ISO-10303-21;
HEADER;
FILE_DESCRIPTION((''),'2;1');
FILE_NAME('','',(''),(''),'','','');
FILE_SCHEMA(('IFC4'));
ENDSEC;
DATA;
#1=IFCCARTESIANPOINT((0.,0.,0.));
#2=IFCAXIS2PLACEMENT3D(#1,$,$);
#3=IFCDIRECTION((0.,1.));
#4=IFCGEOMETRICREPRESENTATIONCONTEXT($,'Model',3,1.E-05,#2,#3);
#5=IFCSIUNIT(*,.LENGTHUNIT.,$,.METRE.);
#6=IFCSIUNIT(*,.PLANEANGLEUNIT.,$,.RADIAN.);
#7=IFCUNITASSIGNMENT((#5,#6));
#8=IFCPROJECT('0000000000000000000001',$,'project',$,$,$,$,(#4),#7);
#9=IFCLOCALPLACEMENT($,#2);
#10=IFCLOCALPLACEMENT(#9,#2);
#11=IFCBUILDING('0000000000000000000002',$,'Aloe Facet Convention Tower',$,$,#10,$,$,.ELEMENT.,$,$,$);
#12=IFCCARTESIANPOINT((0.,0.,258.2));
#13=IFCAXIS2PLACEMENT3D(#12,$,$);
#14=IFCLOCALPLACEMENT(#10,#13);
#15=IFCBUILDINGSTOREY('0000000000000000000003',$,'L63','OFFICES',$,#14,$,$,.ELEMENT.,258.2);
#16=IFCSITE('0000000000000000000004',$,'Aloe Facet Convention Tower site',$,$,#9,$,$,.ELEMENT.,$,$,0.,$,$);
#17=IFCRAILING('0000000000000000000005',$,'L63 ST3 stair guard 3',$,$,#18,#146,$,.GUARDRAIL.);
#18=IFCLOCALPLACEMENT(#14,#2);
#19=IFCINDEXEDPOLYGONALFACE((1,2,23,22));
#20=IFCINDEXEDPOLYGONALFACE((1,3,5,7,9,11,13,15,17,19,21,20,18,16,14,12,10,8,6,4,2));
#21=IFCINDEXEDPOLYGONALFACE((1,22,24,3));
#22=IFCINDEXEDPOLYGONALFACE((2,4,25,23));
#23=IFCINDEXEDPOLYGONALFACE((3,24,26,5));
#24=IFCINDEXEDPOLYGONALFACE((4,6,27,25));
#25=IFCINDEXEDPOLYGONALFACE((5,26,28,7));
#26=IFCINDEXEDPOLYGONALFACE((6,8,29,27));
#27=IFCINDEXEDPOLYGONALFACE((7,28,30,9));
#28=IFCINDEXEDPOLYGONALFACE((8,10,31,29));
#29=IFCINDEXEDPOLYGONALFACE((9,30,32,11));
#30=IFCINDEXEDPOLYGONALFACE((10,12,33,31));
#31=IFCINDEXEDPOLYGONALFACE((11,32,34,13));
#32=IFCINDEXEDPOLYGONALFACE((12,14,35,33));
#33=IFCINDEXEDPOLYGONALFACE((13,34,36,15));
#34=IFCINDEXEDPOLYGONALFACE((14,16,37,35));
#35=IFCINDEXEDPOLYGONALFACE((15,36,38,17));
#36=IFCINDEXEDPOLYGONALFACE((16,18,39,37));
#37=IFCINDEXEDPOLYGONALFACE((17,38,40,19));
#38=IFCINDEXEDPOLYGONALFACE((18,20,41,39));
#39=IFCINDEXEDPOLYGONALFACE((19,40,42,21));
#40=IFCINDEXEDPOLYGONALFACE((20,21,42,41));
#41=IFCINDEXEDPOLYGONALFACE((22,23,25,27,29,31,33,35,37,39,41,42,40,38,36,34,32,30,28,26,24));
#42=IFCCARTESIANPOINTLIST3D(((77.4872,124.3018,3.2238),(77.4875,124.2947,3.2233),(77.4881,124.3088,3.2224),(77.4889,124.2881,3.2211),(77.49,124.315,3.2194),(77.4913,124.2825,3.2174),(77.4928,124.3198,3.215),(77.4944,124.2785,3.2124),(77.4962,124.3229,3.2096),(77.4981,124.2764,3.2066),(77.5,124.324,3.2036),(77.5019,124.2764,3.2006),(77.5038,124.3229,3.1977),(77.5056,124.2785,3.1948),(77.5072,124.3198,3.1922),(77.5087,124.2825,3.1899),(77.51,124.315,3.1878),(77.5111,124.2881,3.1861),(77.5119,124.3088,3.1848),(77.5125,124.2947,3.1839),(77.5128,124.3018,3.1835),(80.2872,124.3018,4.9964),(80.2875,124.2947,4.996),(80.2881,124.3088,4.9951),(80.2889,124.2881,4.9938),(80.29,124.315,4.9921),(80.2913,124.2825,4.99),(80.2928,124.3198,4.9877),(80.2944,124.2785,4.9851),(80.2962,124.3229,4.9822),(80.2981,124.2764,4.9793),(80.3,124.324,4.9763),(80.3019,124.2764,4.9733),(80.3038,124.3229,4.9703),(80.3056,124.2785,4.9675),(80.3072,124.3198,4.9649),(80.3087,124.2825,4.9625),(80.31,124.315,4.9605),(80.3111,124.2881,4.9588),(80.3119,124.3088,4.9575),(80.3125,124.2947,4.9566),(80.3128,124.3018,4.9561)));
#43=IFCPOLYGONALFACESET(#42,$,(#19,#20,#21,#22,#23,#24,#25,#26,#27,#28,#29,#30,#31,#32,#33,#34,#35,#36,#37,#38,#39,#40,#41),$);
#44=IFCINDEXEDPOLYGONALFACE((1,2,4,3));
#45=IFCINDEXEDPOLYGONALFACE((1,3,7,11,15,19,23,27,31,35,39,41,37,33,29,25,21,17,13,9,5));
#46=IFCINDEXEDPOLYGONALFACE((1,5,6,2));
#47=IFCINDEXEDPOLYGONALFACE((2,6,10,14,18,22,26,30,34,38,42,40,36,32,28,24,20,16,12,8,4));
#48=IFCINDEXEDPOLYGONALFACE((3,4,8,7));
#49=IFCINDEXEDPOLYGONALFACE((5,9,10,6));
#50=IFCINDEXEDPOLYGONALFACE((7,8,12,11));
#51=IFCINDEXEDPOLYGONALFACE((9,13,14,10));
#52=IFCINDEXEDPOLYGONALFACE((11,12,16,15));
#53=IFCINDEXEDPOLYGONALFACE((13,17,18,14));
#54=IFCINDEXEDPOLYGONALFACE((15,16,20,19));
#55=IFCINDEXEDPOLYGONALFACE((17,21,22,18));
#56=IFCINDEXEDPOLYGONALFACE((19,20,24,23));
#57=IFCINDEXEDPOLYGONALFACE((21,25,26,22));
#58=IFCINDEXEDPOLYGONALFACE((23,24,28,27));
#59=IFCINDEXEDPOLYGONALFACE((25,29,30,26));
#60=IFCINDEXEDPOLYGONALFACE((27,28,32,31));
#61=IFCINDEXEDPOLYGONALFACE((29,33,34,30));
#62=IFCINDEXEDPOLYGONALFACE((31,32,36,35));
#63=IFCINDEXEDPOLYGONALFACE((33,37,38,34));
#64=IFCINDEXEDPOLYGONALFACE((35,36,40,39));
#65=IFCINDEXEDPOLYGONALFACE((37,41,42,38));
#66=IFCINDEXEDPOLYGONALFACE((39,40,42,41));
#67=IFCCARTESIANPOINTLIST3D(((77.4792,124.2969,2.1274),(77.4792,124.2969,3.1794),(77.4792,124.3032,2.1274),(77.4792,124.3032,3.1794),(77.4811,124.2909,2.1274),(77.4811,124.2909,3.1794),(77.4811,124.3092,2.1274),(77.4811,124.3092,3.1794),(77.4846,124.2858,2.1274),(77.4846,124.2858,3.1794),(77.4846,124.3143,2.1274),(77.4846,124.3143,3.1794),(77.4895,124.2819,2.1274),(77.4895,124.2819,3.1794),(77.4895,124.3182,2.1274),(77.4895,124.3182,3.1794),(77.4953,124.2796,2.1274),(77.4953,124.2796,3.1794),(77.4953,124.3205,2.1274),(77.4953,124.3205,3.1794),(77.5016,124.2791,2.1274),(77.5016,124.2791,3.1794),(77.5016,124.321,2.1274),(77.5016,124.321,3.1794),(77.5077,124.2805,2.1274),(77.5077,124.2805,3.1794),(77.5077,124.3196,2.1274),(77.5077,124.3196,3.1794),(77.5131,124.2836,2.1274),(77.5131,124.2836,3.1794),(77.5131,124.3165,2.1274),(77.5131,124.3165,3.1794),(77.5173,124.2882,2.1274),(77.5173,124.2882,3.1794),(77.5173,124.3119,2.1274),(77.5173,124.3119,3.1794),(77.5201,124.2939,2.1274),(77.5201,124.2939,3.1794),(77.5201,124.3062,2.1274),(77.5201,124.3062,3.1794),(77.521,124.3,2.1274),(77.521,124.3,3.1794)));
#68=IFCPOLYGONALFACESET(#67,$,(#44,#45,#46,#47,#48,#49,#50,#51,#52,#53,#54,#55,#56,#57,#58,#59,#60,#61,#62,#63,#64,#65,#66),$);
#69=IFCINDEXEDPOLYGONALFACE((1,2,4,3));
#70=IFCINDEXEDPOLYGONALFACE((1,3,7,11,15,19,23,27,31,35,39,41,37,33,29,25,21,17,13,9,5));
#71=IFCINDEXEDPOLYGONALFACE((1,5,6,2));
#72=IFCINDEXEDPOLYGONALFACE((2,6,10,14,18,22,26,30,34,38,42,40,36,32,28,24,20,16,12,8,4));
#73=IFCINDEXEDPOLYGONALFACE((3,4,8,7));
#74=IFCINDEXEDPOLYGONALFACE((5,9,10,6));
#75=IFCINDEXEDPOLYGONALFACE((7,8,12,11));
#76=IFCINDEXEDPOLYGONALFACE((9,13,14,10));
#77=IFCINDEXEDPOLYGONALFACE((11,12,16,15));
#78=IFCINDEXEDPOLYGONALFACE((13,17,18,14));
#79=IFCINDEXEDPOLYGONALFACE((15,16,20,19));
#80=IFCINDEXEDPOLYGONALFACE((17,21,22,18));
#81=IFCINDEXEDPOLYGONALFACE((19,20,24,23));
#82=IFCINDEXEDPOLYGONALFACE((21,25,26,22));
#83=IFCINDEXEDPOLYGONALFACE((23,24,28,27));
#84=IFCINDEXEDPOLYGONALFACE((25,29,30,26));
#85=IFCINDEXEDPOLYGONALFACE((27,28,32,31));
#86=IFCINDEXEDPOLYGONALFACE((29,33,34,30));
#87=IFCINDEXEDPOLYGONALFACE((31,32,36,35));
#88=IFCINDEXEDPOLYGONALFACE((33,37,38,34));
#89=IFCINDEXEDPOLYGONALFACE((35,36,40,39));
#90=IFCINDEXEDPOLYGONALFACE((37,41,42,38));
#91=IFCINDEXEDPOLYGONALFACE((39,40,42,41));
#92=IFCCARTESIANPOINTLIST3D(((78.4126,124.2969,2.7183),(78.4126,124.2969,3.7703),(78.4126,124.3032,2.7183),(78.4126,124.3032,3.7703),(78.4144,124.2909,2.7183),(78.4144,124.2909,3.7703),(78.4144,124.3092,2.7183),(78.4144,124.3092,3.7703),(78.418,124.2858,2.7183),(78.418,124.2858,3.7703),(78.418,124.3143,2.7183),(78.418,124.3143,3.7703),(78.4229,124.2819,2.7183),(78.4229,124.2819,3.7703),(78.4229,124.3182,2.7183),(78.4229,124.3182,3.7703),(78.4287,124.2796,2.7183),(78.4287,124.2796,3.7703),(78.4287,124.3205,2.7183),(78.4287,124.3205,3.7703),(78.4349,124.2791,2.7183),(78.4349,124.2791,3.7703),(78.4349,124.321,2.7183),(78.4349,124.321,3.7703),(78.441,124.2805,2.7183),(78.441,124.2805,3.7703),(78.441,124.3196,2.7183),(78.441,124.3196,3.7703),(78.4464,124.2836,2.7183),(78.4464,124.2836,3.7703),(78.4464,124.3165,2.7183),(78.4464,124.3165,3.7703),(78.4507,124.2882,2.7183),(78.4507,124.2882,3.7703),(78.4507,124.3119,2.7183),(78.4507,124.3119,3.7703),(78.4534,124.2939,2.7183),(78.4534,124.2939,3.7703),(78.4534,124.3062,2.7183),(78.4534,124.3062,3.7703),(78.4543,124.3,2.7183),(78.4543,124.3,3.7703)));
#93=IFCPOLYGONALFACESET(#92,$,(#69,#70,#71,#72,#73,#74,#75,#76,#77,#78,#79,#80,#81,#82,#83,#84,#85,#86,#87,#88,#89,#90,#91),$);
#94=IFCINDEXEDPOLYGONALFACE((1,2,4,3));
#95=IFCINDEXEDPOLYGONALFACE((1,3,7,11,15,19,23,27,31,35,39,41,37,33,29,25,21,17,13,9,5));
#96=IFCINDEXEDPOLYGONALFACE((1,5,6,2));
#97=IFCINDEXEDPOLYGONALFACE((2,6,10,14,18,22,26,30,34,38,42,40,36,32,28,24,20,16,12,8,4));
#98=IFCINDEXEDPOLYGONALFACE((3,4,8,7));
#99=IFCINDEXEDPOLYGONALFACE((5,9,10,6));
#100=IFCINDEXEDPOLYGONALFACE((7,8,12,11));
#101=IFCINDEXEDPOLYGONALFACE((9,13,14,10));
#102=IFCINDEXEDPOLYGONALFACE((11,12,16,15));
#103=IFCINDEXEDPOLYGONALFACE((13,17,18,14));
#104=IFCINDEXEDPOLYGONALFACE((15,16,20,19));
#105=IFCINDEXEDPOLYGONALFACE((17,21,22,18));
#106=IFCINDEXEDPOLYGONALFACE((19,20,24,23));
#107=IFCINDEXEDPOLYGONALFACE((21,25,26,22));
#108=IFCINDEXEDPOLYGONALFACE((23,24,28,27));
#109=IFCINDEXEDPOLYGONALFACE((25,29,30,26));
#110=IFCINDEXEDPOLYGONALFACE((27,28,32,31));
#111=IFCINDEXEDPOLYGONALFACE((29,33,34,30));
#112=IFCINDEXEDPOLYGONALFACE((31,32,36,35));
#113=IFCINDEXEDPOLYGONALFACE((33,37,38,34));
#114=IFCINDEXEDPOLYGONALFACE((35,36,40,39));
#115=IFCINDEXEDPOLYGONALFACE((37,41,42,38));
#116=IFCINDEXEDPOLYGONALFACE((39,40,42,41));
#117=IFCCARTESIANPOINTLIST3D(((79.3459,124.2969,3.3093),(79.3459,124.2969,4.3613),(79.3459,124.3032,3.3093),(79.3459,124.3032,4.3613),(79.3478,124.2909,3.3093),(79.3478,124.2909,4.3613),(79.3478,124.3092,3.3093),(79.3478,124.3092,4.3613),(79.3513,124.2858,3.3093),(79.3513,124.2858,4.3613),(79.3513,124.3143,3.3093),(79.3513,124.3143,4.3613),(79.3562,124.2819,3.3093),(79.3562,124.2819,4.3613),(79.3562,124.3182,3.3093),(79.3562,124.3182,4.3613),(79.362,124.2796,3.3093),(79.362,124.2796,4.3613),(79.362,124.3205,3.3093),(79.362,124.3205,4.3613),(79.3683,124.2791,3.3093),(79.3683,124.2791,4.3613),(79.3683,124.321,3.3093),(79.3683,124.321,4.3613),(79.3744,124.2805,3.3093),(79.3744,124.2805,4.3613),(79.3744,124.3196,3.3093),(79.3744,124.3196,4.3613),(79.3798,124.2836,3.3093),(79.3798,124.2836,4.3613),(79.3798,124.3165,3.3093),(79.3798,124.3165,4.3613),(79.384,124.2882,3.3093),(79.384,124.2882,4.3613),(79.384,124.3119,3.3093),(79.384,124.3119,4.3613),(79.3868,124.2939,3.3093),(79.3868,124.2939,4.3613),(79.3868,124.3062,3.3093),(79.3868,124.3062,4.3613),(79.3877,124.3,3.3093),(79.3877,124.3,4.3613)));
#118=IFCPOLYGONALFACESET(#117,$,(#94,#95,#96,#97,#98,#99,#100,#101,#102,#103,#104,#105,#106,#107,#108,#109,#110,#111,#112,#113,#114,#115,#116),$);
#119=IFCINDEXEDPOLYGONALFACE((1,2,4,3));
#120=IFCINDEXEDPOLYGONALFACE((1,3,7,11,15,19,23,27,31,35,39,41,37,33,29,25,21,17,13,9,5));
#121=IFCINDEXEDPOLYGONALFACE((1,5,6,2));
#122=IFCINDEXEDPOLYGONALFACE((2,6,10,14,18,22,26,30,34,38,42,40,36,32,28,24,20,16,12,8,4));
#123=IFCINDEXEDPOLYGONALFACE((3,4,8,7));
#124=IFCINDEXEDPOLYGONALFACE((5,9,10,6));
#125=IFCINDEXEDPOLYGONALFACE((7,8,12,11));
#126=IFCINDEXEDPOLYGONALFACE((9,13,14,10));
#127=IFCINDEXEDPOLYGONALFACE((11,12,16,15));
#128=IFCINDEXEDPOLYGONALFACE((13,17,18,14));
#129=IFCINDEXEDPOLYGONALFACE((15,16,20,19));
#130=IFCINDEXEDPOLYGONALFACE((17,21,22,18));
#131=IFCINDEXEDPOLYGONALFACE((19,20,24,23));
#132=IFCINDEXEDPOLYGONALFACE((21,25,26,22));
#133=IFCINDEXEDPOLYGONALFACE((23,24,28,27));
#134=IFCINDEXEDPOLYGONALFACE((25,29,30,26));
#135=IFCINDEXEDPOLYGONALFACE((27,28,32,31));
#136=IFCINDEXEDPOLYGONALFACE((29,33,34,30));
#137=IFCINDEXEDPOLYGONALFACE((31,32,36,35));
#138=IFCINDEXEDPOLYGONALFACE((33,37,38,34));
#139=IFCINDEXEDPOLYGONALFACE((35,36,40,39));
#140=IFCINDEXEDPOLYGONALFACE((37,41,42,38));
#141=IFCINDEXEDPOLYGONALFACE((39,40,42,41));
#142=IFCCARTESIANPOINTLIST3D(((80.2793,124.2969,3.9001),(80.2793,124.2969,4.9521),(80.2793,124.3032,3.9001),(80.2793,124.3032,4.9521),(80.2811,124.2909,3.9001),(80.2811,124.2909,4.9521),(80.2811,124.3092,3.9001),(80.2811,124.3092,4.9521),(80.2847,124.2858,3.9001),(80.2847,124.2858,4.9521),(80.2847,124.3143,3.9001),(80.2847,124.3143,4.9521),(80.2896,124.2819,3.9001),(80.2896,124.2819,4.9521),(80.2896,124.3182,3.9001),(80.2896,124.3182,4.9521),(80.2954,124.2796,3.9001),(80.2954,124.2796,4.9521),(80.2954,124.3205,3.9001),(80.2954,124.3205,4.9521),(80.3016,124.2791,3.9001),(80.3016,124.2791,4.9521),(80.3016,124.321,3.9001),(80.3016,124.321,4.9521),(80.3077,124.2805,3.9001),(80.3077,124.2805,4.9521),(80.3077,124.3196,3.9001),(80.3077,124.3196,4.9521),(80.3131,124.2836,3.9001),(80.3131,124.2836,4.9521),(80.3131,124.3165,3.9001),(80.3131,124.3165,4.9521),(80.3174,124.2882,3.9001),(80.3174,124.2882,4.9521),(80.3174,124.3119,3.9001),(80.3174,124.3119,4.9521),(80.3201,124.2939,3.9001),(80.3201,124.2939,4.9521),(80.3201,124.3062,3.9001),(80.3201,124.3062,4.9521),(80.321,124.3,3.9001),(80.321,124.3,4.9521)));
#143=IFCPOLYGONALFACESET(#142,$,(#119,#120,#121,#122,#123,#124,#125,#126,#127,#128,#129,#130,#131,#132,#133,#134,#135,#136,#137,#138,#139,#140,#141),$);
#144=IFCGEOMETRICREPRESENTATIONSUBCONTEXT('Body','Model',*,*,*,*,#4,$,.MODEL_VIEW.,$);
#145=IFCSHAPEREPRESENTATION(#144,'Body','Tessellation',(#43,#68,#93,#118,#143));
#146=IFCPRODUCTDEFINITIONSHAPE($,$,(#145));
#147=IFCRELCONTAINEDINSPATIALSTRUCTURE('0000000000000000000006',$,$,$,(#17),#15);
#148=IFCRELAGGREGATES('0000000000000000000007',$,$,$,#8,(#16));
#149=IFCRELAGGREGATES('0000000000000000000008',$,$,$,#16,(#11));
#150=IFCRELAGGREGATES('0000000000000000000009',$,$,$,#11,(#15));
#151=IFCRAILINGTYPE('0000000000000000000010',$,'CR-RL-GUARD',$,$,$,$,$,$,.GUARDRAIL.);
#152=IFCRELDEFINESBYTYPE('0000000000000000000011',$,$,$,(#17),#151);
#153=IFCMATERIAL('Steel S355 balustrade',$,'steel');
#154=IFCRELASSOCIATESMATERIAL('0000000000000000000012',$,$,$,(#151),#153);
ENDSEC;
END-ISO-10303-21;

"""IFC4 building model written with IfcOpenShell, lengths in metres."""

from ifc_helpers import new_model, si_unit, direction, frame, origin, origin_2d, place, context, subcontext, project, spatial, circle, extrude, material, type_object, element, save


model = new_model("IFC4")

# Units and contexts
model_context = context("Model", 3, precision=1e-05, world=origin(), true_north=direction((0.0, 1.0)))
body_context = subcontext(model_context, "Body", "Model", "MODEL_VIEW")
ifc_project = project(units=[si_unit("LENGTHUNIT", "METRE"), si_unit("PLANEANGLEUNIT", "RADIAN")], contexts=[model_context])

# Site, building, storey
site_placement = place(None, origin())
site = spatial("IfcSite", under=ifc_project, at=site_placement, Name="Aloe Facet Convention Tower site", CompositionType="ELEMENT", RefElevation=0.0)
building_placement = place(site_placement, origin())
building = spatial("IfcBuilding", under=site, at=building_placement, Name="Aloe Facet Convention Tower", CompositionType="ELEMENT")
storey_placement = place(building_placement, frame((0.0, 0.0, 258.2)))
storey = spatial("IfcBuildingStorey", under=building, at=storey_placement, Name="L63", Description="OFFICES", CompositionType="ELEMENT", Elevation=258.2)

# Railing
ifc_material_1 = material(Name="Steel S355 balustrade", Category="steel")
railing_type_1 = type_object("IfcRailingType", Name="CR-RL-GUARD", PredefinedType="GUARDRAIL", material=ifc_material_1)
railing_1_placement = place(storey_placement, frame((77.5, 124.3, 2.1274)))
element("IfcRailing", 1, at=railing_1_placement, inside=storey, type_object=railing_type_1, Name="L63 ST3 stair guard 3", PredefinedType="GUARDRAIL", context=body_context, shape_type="SweptSolid", body=[
    extrude(circle(Radius=0.0239, at=origin_2d()), frame((0.0, 0.0, 1.0762), z_axis=(0.844909, 0.0, 0.53491), x_axis=(0.0, 1.0, 0.0)), (0.0, 0.0, 1.0), 3.314),
    extrude(circle(Radius=0.021, at=origin_2d()), origin(), (0.0, 0.0, 1.0), 1.052),
    extrude(circle(Radius=0.021, at=origin_2d()), frame((0.9333, 0.0, 0.5908)), (0.0, 0.0, 1.0), 1.052),
    extrude(circle(Radius=0.021, at=origin_2d()), frame((1.8667, 0.0, 1.1819)), (0.0, 0.0, 1.0), 1.052),
    extrude(circle(Radius=0.021, at=origin_2d()), frame((2.8, 0.0, 1.7727)), (0.0, 0.0, 1.0), 1.052),
])

save(model, "model.ifc")
